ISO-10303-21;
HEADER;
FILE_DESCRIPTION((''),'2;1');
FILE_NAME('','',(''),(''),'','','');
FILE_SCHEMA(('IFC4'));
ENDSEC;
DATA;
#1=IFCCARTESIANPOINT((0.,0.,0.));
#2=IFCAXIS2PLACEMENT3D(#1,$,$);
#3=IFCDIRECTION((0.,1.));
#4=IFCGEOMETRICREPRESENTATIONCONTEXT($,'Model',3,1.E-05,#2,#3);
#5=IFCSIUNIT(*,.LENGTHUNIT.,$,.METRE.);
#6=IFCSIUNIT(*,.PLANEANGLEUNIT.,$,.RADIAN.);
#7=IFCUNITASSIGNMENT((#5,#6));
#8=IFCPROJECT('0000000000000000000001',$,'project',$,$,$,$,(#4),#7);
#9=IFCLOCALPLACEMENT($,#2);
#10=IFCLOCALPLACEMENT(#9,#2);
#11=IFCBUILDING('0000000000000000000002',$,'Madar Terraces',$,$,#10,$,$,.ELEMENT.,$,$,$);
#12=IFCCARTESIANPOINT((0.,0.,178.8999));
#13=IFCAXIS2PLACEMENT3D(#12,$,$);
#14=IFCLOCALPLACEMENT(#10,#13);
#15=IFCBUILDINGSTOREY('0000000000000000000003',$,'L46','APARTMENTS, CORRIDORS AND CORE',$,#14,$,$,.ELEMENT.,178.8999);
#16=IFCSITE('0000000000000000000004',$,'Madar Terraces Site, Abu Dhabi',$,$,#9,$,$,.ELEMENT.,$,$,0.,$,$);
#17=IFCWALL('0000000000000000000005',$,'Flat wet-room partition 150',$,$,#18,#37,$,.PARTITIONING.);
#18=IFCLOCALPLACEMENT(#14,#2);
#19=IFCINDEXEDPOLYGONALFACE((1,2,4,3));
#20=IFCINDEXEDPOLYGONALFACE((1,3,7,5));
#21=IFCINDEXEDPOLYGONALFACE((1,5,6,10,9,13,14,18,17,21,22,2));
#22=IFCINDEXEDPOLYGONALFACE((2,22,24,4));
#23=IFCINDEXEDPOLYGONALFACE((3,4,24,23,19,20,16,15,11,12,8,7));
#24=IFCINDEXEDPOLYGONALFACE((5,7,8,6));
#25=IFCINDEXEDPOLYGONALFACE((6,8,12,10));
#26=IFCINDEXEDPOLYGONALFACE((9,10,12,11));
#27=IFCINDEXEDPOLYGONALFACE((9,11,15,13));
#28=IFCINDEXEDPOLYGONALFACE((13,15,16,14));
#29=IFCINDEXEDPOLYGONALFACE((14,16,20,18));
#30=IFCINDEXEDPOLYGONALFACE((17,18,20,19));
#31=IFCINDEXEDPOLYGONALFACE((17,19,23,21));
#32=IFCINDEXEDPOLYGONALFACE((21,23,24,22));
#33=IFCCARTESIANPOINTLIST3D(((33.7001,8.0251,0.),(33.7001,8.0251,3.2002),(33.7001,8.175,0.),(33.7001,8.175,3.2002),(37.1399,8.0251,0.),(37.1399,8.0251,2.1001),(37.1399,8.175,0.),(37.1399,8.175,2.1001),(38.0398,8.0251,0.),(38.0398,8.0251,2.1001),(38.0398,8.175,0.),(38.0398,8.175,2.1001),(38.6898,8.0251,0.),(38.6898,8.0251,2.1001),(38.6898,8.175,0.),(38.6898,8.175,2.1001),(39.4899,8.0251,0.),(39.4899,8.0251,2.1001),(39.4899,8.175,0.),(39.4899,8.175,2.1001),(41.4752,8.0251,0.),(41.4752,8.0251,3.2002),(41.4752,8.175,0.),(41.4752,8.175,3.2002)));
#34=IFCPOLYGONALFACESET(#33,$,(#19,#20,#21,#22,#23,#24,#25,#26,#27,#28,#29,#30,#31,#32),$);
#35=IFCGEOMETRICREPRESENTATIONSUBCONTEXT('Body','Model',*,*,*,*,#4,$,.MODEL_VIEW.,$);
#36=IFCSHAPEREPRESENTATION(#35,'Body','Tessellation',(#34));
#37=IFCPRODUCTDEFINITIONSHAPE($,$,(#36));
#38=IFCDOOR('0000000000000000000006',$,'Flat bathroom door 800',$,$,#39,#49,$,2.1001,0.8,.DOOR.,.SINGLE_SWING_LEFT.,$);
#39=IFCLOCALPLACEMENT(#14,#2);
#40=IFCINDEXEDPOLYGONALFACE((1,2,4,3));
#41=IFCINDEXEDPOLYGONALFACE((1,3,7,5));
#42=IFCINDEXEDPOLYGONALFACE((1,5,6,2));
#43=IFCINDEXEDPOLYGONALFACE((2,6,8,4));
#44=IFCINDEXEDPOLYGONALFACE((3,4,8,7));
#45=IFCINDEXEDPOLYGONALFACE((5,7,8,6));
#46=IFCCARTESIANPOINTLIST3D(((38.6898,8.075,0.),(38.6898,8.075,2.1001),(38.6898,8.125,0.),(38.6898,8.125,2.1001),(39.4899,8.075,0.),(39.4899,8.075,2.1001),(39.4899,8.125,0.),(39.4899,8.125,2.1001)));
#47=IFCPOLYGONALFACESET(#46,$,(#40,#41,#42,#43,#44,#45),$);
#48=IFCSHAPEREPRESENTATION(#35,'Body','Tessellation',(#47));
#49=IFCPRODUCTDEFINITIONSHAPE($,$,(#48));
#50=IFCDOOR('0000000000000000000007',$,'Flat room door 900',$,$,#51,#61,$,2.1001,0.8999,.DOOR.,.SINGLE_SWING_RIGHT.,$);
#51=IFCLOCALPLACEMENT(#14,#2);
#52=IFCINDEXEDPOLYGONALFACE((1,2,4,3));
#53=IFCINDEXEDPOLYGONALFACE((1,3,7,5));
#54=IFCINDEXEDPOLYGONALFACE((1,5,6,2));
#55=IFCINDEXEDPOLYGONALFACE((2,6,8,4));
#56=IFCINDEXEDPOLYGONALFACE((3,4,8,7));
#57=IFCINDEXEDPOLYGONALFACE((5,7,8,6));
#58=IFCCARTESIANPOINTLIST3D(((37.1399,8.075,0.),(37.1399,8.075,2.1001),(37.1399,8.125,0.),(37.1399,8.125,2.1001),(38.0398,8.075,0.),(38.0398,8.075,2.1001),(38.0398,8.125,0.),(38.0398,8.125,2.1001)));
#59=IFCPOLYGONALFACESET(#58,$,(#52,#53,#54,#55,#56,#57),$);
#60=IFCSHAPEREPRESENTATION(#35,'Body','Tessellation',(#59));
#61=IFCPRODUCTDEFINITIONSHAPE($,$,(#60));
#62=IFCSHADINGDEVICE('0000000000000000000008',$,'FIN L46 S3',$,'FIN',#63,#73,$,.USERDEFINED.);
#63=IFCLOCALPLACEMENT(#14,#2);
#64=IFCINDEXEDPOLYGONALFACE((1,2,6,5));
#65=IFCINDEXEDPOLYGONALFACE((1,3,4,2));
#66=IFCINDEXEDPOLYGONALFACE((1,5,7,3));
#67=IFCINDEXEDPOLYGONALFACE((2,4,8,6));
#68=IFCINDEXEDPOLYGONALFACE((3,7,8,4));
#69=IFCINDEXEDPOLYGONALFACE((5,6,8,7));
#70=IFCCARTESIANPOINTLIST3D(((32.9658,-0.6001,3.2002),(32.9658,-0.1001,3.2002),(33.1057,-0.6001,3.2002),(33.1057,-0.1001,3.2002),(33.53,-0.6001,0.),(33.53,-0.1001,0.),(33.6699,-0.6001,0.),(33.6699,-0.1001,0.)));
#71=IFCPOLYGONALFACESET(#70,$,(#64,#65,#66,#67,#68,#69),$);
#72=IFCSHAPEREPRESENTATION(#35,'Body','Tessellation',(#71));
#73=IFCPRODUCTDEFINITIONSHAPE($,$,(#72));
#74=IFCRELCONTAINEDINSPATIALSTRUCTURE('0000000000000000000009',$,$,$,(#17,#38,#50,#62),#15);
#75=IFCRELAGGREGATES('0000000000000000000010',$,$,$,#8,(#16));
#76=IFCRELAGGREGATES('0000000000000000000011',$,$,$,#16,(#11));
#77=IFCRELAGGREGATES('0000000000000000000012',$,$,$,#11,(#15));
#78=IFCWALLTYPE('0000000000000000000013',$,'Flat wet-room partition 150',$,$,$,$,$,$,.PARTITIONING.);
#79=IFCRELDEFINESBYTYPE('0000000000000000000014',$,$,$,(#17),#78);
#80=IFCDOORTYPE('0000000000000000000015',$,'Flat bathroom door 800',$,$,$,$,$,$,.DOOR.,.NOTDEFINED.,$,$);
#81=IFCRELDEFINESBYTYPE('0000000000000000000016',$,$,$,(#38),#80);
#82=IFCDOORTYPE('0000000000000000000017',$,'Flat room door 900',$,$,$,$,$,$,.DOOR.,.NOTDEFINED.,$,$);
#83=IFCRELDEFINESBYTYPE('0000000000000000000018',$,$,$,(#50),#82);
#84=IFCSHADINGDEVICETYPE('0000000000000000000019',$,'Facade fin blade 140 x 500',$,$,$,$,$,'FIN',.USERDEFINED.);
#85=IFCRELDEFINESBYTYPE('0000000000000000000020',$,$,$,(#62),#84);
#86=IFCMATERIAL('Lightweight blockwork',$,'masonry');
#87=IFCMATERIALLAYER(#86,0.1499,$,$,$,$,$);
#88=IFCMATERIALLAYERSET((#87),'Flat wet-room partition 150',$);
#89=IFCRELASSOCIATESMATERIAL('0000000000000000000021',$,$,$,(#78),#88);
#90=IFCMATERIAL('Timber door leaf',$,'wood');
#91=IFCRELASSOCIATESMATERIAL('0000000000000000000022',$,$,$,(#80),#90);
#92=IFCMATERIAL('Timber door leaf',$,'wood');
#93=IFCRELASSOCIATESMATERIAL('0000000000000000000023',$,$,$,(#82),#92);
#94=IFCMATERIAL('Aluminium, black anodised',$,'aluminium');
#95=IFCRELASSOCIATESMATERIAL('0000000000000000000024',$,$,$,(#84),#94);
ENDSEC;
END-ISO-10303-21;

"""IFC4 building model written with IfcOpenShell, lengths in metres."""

from ifc_helpers import new_model, si_unit, direction, frame, frame_2d, origin, place, context, subcontext, project, spatial, polyline, rectangle, outline, extrude, material, layer, layer_set, type_object, element, fill, save


model = new_model("IFC4")

# Units and contexts
model_context = context("Model", 3, precision=1e-05, world=origin(), true_north=direction((0.0, 1.0)))
body_context = subcontext(model_context, "Body", "Model", "MODEL_VIEW")
ifc_project = project(units=[si_unit("LENGTHUNIT", "METRE"), si_unit("PLANEANGLEUNIT", "RADIAN")], contexts=[model_context])

# Site, building, storey
site_placement = place(None, origin())
site = spatial("IfcSite", under=ifc_project, at=site_placement, Name="Madar Terraces Site, Abu Dhabi", CompositionType="ELEMENT", RefElevation=0.0)
building_placement = place(site_placement, origin())
building = spatial("IfcBuilding", under=site, at=building_placement, Name="Madar Terraces", CompositionType="ELEMENT")
storey_placement = place(building_placement, frame((0.0, 0.0, 178.8999)))
storey = spatial("IfcBuildingStorey", under=building, at=storey_placement, Name="L46", Description="APARTMENTS, CORRIDORS AND CORE", CompositionType="ELEMENT", Elevation=178.8999)

# Shared definitions
ifc_material_1 = material(Name="Lightweight blockwork", Category="masonry")
ifc_layer_1 = layer(ifc_material_1, 0.1499)
ifc_layer_set_1 = layer_set([ifc_layer_1], Name="Flat wet-room partition 150")
wall_type_1 = type_object("IfcWallType", Name="Flat wet-room partition 150", PredefinedType="PARTITIONING", material=ifc_layer_set_1)

# Wall, openings, doors
wall_1_placement = place(storey_placement, frame((33.7, 8.1001, 0.0), z_axis=(0.0, 0.0, 1.0), x_axis=(1.0, 0.0, 0.0)))
wall_1 = element("IfcWall", 1, at=wall_1_placement, inside=storey, type_object=wall_type_1, Name="Flat wet-room partition 150", PredefinedType="PARTITIONING", context=body_context, shape_type="SweptSolid", body=[
    extrude(rectangle(XDim=7.7751, YDim=0.1499, at=frame_2d((3.8877, 0.0))), origin(), (0.0, 0.0, 1.0), 3.2002),
])
opening_1_placement = place(wall_1_placement, frame((4.99, 0.0, 0.0)))
opening_1 = element("IfcOpeningElement", 2, at=opening_1_placement, cuts=wall_1, PredefinedType="OPENING", context=body_context, shape_type="SweptSolid", body=[
    extrude(rectangle(XDim=0.8, YDim=2.1001, at=frame_2d((0.3999, 1.05))), frame((0.0, 0.085, 0.0), z_axis=(0.0, -1.0, 0.0), x_axis=(1.0, 0.0, 0.0)), (0.0, 0.0, 1.0), 0.1699),
])
opening_2_placement = place(wall_1_placement, frame((3.4399, 0.0, 0.0)))
opening_2 = element("IfcOpeningElement", 3, at=opening_2_placement, cuts=wall_1, PredefinedType="OPENING", context=body_context, shape_type="SweptSolid", body=[
    extrude(rectangle(XDim=0.8999, YDim=2.1001, at=frame_2d((0.45, 1.05))), frame((0.0, 0.085, 0.0), z_axis=(0.0, -1.0, 0.0), x_axis=(1.0, 0.0, 0.0)), (0.0, 0.0, 1.0), 0.1699),
])
ifc_material_2 = material(Name="Timber door leaf", Category="wood")
door_type_1 = type_object("IfcDoorType", Name="Flat bathroom door 800", OperationType="NOTDEFINED", PredefinedType="DOOR", material=ifc_material_2)
door_1_placement = place(opening_1_placement, origin())
door_1 = element("IfcDoor", 4, at=door_1_placement, inside=storey, type_object=door_type_1, Name="Flat bathroom door 800", OperationType="SINGLE_SWING_LEFT", OverallHeight=2.1001, OverallWidth=0.8, PredefinedType="DOOR", context=body_context, shape_type="SweptSolid", body=[
    extrude(rectangle(XDim=0.8, YDim=2.1001, at=frame_2d((0.3999, 1.05))), frame((0.0, 0.0249, 0.0), z_axis=(0.0, -1.0, 0.0), x_axis=(1.0, 0.0, 0.0)), (0.0, 0.0, 1.0), 0.05),
])
fill(opening_1, door_1)
ifc_material_3 = material(Name="Timber door leaf", Category="wood")
door_type_2 = type_object("IfcDoorType", Name="Flat room door 900", OperationType="NOTDEFINED", PredefinedType="DOOR", material=ifc_material_3)
door_2_placement = place(opening_2_placement, origin())
door_2 = element("IfcDoor", 5, at=door_2_placement, inside=storey, type_object=door_type_2, Name="Flat room door 900", OperationType="SINGLE_SWING_RIGHT", OverallHeight=2.1001, OverallWidth=0.8999, PredefinedType="DOOR", context=body_context, shape_type="SweptSolid", body=[
    extrude(rectangle(XDim=0.8999, YDim=2.1001, at=frame_2d((0.45, 1.05))), frame((0.0, 0.0249, 0.0), z_axis=(0.0, -1.0, 0.0), x_axis=(1.0, 0.0, 0.0)), (0.0, 0.0, 1.0), 0.05),
])
fill(opening_2, door_2)

# Shading device
ifc_material_4 = material(Name="Aluminium, black anodised", Category="aluminium")
shading_device_type = type_object("IfcShadingDeviceType", Name="Facade fin blade 140 x 500", ElementType="FIN", PredefinedType="USERDEFINED", material=ifc_material_4)
shading_device_placement = place(storey_placement, frame((33.53, -0.3501, 0.0), z_axis=(0.0, 0.0, 1.0), x_axis=(1.0, 0.0, 0.0)))
element("IfcShadingDevice", 6, at=shading_device_placement, inside=storey, type_object=shading_device_type, Name="FIN L46 S3", ObjectType="FIN", PredefinedType="USERDEFINED", context=body_context, shape_type="SweptSolid", body=[
    extrude(outline(polyline([(0.0, 0.0), (0.1399, 0.0), (-0.4243, 3.2002), (-0.5642, 3.2002), (0.0, 0.0)])), frame((0.0, 0.25, 0.0), z_axis=(0.0, -1.0, 0.0), x_axis=(1.0, 0.0, 0.0)), (0.0, 0.0, 1.0), 0.5),
])

save(model, "model.ifc")
